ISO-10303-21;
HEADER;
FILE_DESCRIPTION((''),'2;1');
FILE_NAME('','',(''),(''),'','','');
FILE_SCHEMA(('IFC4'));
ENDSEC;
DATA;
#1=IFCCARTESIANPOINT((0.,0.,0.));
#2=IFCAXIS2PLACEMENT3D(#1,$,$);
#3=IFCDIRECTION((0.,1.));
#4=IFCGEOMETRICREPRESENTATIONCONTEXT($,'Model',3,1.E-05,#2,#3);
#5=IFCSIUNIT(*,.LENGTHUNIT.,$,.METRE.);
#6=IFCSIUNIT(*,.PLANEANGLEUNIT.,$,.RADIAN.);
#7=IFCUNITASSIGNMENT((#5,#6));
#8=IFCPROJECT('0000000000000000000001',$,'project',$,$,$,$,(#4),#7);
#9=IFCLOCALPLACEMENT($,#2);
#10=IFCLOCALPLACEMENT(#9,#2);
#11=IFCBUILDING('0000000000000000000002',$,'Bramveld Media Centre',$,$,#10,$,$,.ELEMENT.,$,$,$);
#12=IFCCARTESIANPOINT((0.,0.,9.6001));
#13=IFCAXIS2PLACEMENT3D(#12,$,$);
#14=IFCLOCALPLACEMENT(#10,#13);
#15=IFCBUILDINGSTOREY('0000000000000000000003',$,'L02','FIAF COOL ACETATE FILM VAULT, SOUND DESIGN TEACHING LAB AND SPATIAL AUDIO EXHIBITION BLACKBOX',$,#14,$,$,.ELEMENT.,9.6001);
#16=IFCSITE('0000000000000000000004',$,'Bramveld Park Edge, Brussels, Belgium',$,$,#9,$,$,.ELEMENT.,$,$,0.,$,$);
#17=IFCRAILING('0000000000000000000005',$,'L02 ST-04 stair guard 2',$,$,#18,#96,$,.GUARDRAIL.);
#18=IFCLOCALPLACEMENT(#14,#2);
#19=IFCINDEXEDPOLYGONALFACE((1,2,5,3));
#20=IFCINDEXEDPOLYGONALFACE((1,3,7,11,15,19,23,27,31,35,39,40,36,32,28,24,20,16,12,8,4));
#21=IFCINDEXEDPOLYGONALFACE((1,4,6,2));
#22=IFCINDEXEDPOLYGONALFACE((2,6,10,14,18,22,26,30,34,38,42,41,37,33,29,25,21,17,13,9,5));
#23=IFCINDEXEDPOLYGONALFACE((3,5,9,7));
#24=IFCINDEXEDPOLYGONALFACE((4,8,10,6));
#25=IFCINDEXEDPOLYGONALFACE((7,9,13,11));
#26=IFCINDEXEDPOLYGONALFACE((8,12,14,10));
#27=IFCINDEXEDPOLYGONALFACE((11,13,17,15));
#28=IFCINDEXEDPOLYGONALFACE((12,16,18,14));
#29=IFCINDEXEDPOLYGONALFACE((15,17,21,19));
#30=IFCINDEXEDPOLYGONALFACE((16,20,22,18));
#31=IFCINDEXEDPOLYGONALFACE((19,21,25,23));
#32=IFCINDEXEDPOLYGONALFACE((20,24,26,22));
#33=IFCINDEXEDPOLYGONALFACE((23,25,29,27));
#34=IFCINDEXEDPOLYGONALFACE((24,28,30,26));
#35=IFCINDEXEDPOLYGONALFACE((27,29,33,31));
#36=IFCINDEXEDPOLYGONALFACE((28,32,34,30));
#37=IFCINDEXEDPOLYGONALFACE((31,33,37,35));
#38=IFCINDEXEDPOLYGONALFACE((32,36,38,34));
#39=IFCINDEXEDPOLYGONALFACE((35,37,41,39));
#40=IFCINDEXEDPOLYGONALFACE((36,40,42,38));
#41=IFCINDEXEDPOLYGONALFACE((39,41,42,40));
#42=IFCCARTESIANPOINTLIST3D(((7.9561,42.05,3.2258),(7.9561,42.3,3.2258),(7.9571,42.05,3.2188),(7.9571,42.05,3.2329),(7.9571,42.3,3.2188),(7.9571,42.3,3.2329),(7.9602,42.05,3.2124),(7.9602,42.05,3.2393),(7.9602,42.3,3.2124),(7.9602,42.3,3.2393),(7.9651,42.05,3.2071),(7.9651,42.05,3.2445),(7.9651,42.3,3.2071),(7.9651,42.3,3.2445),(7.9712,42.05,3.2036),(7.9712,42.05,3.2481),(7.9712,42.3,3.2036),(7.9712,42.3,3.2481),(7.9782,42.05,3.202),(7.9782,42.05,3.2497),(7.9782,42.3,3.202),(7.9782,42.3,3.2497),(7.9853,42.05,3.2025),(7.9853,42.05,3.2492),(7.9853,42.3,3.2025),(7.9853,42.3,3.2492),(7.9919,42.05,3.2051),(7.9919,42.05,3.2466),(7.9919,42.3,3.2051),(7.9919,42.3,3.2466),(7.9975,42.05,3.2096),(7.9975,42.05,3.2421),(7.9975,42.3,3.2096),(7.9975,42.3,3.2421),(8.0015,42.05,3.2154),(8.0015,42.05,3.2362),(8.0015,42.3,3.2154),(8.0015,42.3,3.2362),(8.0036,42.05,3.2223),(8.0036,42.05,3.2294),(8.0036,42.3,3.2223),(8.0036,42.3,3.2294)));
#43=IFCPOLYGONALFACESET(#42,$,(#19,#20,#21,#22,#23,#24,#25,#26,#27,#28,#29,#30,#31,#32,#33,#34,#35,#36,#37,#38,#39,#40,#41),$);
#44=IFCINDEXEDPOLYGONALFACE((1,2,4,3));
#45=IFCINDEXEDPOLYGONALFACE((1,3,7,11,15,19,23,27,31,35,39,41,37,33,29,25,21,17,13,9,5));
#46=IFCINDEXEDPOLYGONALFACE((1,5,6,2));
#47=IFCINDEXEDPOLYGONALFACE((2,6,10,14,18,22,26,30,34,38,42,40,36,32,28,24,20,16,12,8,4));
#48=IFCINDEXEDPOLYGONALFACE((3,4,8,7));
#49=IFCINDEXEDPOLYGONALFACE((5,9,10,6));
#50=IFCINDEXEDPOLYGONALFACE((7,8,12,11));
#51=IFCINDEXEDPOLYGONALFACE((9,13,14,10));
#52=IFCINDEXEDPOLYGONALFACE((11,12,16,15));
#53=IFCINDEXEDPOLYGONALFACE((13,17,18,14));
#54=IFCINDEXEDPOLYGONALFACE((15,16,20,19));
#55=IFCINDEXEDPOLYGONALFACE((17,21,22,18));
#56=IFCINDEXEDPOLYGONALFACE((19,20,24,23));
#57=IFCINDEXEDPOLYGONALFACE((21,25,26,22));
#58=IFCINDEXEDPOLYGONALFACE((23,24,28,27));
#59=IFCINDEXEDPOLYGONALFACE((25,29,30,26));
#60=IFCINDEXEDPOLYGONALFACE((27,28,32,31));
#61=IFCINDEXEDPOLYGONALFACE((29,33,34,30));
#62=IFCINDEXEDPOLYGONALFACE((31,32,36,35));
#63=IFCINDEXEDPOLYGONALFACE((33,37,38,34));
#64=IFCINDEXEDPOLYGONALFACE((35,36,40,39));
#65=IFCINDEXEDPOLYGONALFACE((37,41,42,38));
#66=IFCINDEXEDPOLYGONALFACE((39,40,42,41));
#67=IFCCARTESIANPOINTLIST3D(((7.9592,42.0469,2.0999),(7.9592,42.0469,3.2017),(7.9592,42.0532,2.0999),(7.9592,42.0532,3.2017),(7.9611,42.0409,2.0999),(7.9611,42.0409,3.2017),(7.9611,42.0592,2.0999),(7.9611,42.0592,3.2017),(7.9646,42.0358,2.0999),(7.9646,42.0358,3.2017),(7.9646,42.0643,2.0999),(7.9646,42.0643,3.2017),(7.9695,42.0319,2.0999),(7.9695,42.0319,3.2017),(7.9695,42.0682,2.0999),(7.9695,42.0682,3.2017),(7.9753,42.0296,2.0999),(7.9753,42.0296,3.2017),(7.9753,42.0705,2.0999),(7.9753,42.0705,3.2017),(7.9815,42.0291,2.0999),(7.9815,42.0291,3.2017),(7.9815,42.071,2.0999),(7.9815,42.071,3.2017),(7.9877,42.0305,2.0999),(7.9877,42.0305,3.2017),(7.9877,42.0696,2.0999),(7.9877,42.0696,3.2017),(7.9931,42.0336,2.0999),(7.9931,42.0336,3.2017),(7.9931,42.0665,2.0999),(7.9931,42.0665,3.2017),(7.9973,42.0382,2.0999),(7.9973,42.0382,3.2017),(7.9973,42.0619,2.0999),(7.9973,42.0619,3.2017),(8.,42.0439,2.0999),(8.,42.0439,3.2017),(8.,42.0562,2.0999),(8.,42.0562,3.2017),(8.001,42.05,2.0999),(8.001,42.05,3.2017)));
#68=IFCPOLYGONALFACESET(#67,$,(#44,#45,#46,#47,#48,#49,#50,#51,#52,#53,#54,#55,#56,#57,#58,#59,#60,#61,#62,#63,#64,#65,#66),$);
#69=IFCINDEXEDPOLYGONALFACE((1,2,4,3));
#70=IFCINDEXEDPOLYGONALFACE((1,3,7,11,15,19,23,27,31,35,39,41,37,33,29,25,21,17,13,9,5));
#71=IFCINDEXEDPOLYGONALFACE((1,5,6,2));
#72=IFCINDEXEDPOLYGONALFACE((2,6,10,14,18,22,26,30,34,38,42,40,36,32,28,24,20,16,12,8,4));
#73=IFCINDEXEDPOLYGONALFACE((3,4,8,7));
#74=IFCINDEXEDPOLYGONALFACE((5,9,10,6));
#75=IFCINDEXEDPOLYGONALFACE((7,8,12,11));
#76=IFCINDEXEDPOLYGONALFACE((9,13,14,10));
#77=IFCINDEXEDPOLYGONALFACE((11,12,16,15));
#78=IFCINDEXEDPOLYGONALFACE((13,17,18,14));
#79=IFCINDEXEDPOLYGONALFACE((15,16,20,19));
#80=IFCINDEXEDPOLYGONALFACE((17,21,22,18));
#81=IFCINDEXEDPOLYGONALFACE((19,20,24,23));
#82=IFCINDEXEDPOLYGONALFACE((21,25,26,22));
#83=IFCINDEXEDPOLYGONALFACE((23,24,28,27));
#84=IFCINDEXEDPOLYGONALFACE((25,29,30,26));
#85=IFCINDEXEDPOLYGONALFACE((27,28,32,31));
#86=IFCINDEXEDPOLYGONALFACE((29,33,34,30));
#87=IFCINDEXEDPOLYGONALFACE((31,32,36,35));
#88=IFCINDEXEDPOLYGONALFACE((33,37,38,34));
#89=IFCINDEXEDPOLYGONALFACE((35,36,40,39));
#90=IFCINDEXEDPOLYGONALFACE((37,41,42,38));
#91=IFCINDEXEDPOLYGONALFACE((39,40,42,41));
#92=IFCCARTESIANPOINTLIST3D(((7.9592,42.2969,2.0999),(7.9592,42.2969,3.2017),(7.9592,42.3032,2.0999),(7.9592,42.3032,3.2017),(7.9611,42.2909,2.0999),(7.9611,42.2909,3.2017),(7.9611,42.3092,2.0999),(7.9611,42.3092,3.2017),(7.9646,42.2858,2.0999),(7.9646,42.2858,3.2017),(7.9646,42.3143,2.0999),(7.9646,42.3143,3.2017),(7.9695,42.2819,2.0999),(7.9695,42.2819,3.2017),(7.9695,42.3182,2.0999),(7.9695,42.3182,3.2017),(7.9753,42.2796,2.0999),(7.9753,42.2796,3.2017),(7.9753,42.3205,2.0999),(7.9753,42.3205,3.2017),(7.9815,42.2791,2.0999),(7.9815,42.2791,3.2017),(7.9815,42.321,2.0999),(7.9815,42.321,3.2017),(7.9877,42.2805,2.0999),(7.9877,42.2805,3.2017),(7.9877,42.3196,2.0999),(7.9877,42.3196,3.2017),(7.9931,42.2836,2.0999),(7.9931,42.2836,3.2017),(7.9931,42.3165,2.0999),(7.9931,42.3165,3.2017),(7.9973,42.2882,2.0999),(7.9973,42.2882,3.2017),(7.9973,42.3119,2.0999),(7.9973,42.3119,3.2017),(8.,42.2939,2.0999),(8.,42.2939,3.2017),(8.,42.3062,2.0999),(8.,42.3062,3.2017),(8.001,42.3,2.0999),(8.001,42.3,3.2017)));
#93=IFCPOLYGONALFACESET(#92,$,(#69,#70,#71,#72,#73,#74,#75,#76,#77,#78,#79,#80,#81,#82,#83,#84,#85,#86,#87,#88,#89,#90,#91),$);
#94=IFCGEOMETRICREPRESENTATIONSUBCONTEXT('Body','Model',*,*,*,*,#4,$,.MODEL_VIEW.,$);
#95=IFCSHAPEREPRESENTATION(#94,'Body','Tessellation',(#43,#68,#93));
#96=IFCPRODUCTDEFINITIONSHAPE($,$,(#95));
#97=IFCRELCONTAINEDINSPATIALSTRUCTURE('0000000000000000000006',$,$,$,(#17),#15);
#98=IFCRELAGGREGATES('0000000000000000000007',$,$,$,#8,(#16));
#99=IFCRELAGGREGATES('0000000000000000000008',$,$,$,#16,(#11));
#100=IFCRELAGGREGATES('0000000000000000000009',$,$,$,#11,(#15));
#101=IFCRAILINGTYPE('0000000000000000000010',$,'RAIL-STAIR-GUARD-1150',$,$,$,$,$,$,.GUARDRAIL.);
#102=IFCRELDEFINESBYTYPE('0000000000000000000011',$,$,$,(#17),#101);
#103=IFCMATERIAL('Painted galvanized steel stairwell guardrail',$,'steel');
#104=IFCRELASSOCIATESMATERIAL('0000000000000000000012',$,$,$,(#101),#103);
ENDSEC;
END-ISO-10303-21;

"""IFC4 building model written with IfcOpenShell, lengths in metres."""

from ifc_helpers import new_model, si_unit, direction, frame, origin, origin_2d, place, context, subcontext, project, spatial, circle, extrude, material, type_object, element, save


model = new_model("IFC4")

# Units and contexts
model_context = context("Model", 3, precision=1e-05, world=origin(), true_north=direction((0.0, 1.0)))
body_context = subcontext(model_context, "Body", "Model", "MODEL_VIEW")
ifc_project = project(units=[si_unit("LENGTHUNIT", "METRE"), si_unit("PLANEANGLEUNIT", "RADIAN")], contexts=[model_context])

# Site, building, storey
site_placement = place(None, origin())
site = spatial("IfcSite", under=ifc_project, at=site_placement, Name="Bramveld Park Edge, Brussels, Belgium", CompositionType="ELEMENT", RefElevation=0.0)
building_placement = place(site_placement, origin())
building = spatial("IfcBuilding", under=site, at=building_placement, Name="Bramveld Media Centre", CompositionType="ELEMENT")
storey_placement = place(building_placement, frame((0.0, 0.0, 9.6001)))
storey = spatial("IfcBuildingStorey", under=building, at=storey_placement, Name="L02", Description="FIAF COOL ACETATE FILM VAULT, SOUND DESIGN TEACHING LAB AND SPATIAL AUDIO EXHIBITION BLACKBOX", CompositionType="ELEMENT", Elevation=9.6001)

# Railing
ifc_material_1 = material(Name="Painted galvanized steel stairwell guardrail", Category="steel")
railing_type_1 = type_object("IfcRailingType", Name="RAIL-STAIR-GUARD-1150", PredefinedType="GUARDRAIL", material=ifc_material_1)
railing_1_placement = place(storey_placement, frame((7.98, 42.05, 2.0999)))
element("IfcRailing", 1, at=railing_1_placement, inside=storey, type_object=railing_type_1, Name="L02 ST-04 stair guard 2", PredefinedType="GUARDRAIL", context=body_context, shape_type="SweptSolid", body=[
    extrude(circle(Radius=0.0239, at=origin_2d()), frame((0.0, 0.0, 1.126), z_axis=(0.0, 1.0, 0.0), x_axis=(-1.0, 0.0, 0.0)), (0.0, 0.0, 1.0), 0.25),
    extrude(circle(Radius=0.021, at=origin_2d()), origin(), (0.0, 0.0, 1.0), 1.1018),
    extrude(circle(Radius=0.021, at=origin_2d()), frame((0.0, 0.25, 0.0)), (0.0, 0.0, 1.0), 1.1018),
])

save(model, "model.ifc")
